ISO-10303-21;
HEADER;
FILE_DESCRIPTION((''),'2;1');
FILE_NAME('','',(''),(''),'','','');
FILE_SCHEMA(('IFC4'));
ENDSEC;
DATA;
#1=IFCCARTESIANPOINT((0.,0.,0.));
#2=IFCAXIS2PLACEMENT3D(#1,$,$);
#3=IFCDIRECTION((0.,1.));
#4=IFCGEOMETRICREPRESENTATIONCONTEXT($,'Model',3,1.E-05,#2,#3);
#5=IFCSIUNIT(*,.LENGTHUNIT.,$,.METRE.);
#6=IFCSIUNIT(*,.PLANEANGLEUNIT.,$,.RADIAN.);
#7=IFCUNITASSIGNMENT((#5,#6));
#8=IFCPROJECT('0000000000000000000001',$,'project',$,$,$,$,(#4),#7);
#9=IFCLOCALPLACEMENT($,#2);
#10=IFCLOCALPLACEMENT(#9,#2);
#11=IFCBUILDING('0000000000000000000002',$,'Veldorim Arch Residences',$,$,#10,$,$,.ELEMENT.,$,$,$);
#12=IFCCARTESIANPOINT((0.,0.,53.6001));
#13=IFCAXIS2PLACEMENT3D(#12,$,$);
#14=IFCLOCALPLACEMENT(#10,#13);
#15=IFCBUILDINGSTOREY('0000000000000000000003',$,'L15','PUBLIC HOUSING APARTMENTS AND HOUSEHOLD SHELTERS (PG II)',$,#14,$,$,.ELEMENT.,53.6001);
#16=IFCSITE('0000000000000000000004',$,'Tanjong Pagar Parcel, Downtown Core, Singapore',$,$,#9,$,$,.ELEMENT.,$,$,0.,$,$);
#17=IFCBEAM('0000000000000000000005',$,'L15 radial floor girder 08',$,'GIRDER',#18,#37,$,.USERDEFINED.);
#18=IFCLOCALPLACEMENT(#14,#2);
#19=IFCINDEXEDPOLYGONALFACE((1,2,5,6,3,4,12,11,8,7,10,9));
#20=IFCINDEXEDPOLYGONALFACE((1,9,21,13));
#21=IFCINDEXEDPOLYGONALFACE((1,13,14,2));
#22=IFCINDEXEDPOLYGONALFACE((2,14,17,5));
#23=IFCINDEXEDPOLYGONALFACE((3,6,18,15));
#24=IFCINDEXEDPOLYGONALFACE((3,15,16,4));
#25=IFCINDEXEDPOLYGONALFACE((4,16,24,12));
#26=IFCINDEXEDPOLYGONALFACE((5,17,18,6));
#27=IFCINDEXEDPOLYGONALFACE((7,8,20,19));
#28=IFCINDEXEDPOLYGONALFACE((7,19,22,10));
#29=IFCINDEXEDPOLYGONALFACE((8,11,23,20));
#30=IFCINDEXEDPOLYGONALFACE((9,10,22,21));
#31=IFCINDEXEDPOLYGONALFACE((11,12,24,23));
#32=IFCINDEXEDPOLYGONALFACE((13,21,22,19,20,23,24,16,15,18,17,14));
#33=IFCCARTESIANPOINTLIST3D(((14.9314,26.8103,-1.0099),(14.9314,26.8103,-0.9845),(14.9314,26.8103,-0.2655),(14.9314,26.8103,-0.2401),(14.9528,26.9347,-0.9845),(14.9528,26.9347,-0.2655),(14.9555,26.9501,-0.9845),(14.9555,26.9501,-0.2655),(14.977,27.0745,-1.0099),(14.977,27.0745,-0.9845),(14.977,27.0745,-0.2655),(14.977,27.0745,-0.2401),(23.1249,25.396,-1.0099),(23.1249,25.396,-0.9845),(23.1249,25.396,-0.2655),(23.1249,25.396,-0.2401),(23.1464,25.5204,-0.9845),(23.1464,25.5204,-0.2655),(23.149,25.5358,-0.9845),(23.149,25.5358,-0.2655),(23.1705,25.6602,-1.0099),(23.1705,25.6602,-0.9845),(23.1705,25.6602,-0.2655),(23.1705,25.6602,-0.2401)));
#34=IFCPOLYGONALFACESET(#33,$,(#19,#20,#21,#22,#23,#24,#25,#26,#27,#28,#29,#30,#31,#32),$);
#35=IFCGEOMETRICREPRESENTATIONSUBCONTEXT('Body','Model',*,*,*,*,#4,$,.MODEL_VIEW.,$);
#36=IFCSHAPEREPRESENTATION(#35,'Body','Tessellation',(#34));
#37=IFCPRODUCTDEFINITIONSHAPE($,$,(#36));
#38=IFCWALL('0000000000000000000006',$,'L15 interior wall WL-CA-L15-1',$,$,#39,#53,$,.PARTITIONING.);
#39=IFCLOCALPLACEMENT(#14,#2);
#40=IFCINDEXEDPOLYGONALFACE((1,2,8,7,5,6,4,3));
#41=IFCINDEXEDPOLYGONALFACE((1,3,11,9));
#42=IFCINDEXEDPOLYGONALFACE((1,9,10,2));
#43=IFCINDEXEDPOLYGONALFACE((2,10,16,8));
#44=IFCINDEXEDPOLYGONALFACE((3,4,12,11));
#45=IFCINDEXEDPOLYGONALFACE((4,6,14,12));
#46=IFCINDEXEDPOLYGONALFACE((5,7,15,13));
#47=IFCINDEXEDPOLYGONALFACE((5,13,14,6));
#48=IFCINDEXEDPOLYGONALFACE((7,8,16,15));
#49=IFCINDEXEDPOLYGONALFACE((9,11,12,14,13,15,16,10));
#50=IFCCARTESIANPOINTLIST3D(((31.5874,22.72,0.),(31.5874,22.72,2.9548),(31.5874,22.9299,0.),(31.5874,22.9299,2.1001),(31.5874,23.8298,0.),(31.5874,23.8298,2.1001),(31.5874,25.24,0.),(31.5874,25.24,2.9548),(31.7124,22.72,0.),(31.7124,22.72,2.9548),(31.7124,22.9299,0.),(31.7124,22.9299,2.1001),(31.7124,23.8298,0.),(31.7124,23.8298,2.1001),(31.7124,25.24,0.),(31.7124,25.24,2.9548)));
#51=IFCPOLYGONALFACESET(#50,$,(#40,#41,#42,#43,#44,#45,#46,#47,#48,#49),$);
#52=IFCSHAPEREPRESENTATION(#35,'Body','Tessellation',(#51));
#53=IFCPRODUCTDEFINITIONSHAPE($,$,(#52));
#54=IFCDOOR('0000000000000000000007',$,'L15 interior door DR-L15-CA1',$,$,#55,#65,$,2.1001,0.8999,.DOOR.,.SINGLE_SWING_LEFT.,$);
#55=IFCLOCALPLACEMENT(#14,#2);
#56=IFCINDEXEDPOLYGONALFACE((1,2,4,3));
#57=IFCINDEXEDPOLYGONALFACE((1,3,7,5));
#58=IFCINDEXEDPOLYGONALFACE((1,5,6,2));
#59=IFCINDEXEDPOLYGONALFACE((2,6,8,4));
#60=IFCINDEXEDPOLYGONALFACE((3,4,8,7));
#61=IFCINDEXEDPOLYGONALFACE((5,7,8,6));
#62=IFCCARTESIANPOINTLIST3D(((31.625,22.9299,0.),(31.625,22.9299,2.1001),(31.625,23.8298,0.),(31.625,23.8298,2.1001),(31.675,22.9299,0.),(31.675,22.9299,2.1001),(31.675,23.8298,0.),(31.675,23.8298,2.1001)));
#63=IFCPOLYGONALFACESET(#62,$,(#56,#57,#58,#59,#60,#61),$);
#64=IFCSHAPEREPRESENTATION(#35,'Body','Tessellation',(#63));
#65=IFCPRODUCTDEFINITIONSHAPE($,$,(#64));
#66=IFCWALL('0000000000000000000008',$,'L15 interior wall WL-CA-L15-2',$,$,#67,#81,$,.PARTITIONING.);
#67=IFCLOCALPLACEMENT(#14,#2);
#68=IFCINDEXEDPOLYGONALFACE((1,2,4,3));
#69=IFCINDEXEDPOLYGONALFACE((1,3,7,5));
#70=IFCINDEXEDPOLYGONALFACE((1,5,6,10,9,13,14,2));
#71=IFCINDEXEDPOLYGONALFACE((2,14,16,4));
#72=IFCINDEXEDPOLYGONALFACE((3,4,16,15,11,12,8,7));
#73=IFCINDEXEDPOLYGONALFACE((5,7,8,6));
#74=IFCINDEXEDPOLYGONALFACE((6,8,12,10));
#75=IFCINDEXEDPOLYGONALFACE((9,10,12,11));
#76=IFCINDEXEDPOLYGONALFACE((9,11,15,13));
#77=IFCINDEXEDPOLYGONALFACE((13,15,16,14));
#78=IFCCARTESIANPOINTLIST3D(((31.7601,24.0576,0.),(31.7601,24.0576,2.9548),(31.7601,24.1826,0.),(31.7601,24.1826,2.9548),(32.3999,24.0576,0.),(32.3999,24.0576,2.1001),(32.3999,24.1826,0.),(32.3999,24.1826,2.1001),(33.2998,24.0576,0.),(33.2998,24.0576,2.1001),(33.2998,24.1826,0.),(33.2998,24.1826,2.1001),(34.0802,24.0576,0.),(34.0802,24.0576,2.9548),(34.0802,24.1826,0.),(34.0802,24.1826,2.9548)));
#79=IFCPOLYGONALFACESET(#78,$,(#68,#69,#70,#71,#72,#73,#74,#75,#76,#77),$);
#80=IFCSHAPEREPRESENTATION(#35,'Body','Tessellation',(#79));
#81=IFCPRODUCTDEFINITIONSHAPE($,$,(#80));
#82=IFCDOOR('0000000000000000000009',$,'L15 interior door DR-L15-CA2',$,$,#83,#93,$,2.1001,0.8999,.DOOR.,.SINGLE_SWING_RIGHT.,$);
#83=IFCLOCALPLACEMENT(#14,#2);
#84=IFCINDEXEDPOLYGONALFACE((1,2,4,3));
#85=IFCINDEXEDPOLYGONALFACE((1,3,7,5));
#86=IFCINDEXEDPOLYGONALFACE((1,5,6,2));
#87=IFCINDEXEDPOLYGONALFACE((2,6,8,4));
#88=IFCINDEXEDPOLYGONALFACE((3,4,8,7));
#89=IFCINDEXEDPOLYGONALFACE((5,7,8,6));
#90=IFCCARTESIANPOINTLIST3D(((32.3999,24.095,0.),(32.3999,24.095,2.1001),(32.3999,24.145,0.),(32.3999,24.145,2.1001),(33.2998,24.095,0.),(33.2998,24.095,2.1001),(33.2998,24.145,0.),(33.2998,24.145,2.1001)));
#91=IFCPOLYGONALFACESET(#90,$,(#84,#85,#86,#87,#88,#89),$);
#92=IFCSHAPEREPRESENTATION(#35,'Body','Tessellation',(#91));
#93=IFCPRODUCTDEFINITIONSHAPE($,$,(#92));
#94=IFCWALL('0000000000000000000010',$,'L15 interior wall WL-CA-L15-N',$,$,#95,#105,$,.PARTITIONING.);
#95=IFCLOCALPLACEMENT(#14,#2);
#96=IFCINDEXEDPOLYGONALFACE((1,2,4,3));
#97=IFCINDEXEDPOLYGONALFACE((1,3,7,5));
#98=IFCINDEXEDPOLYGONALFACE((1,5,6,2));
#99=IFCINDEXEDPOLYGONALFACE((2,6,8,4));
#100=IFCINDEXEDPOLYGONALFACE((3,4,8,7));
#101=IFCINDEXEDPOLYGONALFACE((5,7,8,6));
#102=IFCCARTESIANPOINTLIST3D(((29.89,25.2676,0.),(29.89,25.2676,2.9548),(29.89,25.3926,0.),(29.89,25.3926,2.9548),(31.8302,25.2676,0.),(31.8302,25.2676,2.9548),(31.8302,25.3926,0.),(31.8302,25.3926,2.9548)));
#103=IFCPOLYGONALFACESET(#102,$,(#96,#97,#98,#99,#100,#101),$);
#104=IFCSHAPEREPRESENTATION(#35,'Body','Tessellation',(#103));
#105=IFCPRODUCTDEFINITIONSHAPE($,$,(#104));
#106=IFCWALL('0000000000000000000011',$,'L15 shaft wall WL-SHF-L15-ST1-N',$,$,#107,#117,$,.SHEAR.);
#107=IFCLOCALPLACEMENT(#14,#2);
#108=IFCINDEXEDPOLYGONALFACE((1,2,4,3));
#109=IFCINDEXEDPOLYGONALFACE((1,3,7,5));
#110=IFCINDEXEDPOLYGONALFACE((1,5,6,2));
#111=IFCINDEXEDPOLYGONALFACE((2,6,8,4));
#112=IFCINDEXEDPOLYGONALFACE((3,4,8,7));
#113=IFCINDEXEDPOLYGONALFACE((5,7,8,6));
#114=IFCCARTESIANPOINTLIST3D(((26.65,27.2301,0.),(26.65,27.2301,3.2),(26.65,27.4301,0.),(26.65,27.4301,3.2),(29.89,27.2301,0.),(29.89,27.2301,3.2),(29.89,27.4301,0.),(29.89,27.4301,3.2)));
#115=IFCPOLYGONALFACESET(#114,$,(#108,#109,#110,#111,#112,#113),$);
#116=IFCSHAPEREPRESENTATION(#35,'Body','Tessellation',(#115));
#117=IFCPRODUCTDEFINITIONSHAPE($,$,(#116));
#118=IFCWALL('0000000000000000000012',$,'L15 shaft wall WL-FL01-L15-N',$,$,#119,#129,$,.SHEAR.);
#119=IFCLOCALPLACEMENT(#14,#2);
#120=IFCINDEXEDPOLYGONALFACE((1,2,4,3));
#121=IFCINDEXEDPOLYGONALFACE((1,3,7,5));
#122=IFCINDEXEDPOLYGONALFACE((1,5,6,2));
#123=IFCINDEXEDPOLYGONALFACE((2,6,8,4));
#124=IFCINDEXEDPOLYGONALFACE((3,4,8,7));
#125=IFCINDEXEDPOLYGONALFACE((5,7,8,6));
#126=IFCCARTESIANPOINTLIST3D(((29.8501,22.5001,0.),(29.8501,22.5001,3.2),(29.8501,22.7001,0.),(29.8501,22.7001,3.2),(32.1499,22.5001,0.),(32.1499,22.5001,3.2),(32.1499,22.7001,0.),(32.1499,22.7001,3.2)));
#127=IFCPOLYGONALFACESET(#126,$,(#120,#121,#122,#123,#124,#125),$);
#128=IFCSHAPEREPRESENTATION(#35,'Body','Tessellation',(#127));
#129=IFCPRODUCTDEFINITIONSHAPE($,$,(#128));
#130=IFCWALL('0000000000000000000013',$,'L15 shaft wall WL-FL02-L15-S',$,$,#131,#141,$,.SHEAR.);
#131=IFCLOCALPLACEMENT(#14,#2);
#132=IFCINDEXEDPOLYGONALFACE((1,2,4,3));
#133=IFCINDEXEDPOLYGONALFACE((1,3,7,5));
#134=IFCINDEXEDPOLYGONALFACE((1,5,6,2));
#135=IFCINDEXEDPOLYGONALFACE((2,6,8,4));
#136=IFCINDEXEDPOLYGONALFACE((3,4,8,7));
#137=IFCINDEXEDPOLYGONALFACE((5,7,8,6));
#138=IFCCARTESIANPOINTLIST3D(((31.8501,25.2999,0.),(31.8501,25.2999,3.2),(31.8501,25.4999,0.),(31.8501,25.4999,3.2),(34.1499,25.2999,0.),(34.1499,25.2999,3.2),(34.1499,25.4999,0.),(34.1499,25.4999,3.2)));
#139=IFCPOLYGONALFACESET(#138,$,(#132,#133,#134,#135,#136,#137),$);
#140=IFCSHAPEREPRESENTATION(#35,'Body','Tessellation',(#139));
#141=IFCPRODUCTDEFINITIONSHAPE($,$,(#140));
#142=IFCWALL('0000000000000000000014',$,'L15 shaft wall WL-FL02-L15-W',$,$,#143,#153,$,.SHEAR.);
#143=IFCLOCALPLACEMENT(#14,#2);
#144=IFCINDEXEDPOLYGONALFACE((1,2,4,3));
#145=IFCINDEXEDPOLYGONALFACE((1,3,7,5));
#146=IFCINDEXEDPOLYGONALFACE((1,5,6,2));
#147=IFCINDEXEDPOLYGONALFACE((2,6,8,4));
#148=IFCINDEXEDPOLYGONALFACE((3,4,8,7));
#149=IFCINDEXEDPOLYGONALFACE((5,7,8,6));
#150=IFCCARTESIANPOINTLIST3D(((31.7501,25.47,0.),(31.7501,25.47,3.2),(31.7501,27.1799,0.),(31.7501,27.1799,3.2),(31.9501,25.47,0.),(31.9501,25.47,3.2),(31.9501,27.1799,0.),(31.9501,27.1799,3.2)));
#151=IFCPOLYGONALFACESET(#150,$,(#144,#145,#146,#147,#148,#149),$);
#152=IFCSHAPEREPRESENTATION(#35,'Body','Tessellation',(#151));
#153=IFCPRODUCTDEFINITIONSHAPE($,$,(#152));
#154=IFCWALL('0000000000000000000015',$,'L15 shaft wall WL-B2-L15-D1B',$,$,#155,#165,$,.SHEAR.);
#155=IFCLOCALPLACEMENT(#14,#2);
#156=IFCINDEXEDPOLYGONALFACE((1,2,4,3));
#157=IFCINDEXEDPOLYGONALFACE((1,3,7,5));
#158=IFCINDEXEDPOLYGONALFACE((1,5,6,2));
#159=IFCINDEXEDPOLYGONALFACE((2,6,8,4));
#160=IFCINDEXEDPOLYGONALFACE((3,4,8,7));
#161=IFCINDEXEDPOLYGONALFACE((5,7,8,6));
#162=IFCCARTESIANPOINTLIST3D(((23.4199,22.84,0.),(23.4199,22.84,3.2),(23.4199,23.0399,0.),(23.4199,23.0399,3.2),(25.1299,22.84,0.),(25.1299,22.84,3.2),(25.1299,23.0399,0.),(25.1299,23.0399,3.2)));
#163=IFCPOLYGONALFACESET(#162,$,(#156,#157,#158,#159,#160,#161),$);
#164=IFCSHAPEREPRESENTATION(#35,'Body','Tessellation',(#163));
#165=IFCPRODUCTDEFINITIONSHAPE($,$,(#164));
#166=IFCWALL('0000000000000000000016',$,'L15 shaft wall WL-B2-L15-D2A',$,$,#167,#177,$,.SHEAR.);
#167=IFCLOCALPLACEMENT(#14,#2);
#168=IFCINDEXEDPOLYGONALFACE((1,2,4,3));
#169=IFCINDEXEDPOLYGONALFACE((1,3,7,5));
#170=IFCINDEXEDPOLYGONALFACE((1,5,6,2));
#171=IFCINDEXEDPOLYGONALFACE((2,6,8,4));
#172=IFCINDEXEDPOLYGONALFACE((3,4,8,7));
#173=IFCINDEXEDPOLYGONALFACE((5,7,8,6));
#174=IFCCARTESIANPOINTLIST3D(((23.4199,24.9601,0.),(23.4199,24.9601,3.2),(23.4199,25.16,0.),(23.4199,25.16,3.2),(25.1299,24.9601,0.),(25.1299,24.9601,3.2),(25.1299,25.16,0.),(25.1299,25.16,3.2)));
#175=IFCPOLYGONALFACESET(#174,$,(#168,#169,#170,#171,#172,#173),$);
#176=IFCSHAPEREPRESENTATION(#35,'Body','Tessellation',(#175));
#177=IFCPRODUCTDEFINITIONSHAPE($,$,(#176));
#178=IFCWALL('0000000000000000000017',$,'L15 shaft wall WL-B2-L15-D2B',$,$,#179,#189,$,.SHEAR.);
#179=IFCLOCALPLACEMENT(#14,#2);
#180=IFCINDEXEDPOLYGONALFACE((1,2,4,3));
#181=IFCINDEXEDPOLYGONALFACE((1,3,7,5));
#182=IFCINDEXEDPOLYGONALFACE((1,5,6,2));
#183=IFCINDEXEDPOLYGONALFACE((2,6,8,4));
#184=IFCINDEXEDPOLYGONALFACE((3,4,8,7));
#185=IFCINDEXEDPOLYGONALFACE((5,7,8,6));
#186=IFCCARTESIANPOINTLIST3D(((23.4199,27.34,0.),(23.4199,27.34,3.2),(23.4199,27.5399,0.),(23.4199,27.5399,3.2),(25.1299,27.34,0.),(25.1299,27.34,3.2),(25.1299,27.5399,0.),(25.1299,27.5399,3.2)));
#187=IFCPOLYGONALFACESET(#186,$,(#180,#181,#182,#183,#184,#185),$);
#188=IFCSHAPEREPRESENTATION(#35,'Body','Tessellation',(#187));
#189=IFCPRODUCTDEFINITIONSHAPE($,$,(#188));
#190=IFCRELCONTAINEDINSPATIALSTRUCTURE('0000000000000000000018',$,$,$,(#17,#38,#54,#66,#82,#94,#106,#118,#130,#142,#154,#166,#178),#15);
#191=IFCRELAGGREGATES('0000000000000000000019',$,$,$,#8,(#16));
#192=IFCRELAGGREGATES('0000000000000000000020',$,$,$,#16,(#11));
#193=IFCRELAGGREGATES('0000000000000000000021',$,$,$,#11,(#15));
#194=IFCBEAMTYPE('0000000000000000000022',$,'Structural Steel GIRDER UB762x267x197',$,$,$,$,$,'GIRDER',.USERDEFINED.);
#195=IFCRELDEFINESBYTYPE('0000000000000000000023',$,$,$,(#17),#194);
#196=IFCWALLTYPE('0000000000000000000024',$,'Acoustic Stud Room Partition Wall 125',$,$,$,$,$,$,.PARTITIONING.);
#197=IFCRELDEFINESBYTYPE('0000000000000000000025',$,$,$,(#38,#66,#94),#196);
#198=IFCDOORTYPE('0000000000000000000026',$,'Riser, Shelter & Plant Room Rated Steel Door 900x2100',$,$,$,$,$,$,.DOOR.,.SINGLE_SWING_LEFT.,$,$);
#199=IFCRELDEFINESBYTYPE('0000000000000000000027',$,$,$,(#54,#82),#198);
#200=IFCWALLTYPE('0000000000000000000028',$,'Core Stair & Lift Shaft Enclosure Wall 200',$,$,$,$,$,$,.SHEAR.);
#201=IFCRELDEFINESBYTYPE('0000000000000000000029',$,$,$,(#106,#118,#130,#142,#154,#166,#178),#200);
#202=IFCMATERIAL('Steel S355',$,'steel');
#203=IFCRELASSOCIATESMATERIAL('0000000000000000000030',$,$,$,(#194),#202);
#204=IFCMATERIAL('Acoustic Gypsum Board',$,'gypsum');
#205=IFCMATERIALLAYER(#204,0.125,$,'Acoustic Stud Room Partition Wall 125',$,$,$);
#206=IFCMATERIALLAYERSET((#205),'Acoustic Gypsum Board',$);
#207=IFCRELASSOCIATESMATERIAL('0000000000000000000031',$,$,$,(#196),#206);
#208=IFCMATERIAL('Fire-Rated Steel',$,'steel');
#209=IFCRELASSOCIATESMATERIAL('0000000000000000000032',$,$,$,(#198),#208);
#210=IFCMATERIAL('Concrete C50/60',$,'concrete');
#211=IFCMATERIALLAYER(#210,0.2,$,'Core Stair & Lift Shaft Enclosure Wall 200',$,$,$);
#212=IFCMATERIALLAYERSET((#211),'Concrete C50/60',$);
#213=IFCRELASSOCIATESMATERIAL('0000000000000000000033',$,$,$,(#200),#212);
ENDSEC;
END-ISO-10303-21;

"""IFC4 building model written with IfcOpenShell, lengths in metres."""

from ifc_helpers import new_model, si_unit, direction, frame, frame_2d, origin, origin_2d, place, context, subcontext, project, spatial, rectangle, i_section, extrude, material, layer, layer_set, material_profile, profile_set, type_object, element, fill, save


model = new_model("IFC4")

# Units and contexts
model_context = context("Model", 3, precision=1e-05, world=origin(), true_north=direction((0.0, 1.0)))
body_context = subcontext(model_context, "Body", "Model", "MODEL_VIEW")
ifc_project = project(units=[si_unit("LENGTHUNIT", "METRE"), si_unit("PLANEANGLEUNIT", "RADIAN")], contexts=[model_context])

# Site, building, storey
site_placement = place(None, origin())
site = spatial("IfcSite", under=ifc_project, at=site_placement, Name="Tanjong Pagar Parcel, Downtown Core, Singapore", CompositionType="ELEMENT", RefElevation=0.0)
building_placement = place(site_placement, origin())
building = spatial("IfcBuilding", under=site, at=building_placement, Name="Veldorim Arch Residences", CompositionType="ELEMENT")
storey_placement = place(building_placement, frame((0.0, 0.0, 53.6001)))
storey = spatial("IfcBuildingStorey", under=building, at=storey_placement, Name="L15", Description="PUBLIC HOUSING APARTMENTS AND HOUSEHOLD SHELTERS (PG II)", CompositionType="ELEMENT", Elevation=53.6001)

# Beam
ifc_material_1 = material(Name="Steel S355", Category="steel")
ifc_material_profile = material_profile(ifc_material_1, i_section(OverallWidth=0.2681, OverallDepth=0.7698, WebThickness=0.0156, FlangeThickness=0.0254, at=origin_2d()), Name="UB762x267x197")
ifc_profile_set = profile_set([ifc_material_profile], Name="Steel S355")
beam_type = type_object("IfcBeamType", Name="Structural Steel GIRDER UB762x267x197", ElementType="GIRDER", PredefinedType="USERDEFINED", material=ifc_profile_set)
beam_placement = place(storey_placement, frame((23.1477, 25.5281, -0.625), z_axis=(-0.985428, 0.170096, 0.0), x_axis=(-0.170096, -0.985428, 0.0)))
element("IfcBeam", 1, at=beam_placement, inside=storey, type_object=beam_type, Name="L15 radial floor girder 08", ObjectType="GIRDER", PredefinedType="USERDEFINED", context=body_context, shape_type="SweptSolid", body=[
    extrude(i_section(OverallWidth=0.2681, OverallDepth=0.7698, WebThickness=0.0156, FlangeThickness=0.0254, at=origin_2d()), origin(), (0.0, 0.0, 1.0), 8.3147),
])

# Walls, openings, doors
ifc_material_2 = material(Name="Acoustic Gypsum Board", Category="gypsum")
ifc_layer_1 = layer(ifc_material_2, 0.125, Name="Acoustic Stud Room Partition Wall 125")
ifc_layer_set_1 = layer_set([ifc_layer_1], Name="Acoustic Gypsum Board")
wall_type_1 = type_object("IfcWallType", Name="Acoustic Stud Room Partition Wall 125", PredefinedType="PARTITIONING", material=ifc_layer_set_1)
wall_1_placement = place(storey_placement, frame((31.6499, 22.72, 0.0), z_axis=(0.0, 0.0, 1.0), x_axis=(0.0, 1.0, 0.0)))
wall_1 = element("IfcWall", 2, at=wall_1_placement, inside=storey, type_object=wall_type_1, Name="L15 interior wall WL-CA-L15-1", PredefinedType="PARTITIONING", context=body_context, shape_type="SweptSolid", body=[
    extrude(rectangle(XDim=2.52, YDim=0.125, at=frame_2d((1.26, 0.0))), origin(), (0.0, 0.0, 1.0), 2.9548),
])
opening_1_placement = place(wall_1_placement, frame((0.21, 0.0, 0.0)))
opening_1 = element("IfcOpeningElement", 3, at=opening_1_placement, cuts=wall_1, PredefinedType="OPENING", context=body_context, shape_type="SweptSolid", body=[
    extrude(rectangle(XDim=0.8999, YDim=2.1001, at=frame_2d((0.45, 1.05))), frame((0.0, 0.0725, 0.0), z_axis=(0.0, -1.0, 0.0), x_axis=(1.0, 0.0, 0.0)), (0.0, 0.0, 1.0), 0.145),
])
ifc_material_3 = material(Name="Fire-Rated Steel", Category="steel")
door_type_1 = type_object("IfcDoorType", Name="Riser, Shelter & Plant Room Rated Steel Door 900x2100", OperationType="SINGLE_SWING_LEFT", PredefinedType="DOOR", material=ifc_material_3)
door_1_placement = place(opening_1_placement, origin())
door_1 = element("IfcDoor", 4, at=door_1_placement, inside=storey, type_object=door_type_1, Name="L15 interior door DR-L15-CA1", OperationType="SINGLE_SWING_LEFT", OverallHeight=2.1001, OverallWidth=0.8999, PredefinedType="DOOR", context=body_context, shape_type="SweptSolid", body=[
    extrude(rectangle(XDim=0.8999, YDim=2.1001, at=frame_2d((0.45, 1.05))), frame((0.0, 0.0249, 0.0), z_axis=(0.0, -1.0, 0.0), x_axis=(1.0, 0.0, 0.0)), (0.0, 0.0, 1.0), 0.05),
])
fill(opening_1, door_1)
wall_2_placement = place(storey_placement, frame((31.76, 24.1201, 0.0), z_axis=(0.0, 0.0, 1.0), x_axis=(1.0, 0.0, 0.0)))
wall_2 = element("IfcWall", 5, at=wall_2_placement, inside=storey, type_object=wall_type_1, Name="L15 interior wall WL-CA-L15-2", PredefinedType="PARTITIONING", context=body_context, shape_type="SweptSolid", body=[
    extrude(rectangle(XDim=2.3201, YDim=0.125, at=frame_2d((1.1602, 0.0))), origin(), (0.0, 0.0, 1.0), 2.9548),
])
opening_2_placement = place(wall_2_placement, frame((0.6399, 0.0, 0.0)))
opening_2 = element("IfcOpeningElement", 6, at=opening_2_placement, cuts=wall_2, PredefinedType="OPENING", context=body_context, shape_type="SweptSolid", body=[
    extrude(rectangle(XDim=0.8999, YDim=2.1001, at=frame_2d((0.45, 1.05))), frame((0.0, 0.0725, 0.0), z_axis=(0.0, -1.0, 0.0), x_axis=(1.0, 0.0, 0.0)), (0.0, 0.0, 1.0), 0.145),
])
door_2_placement = place(opening_2_placement, origin())
door_2 = element("IfcDoor", 7, at=door_2_placement, inside=storey, type_object=door_type_1, Name="L15 interior door DR-L15-CA2", OperationType="SINGLE_SWING_RIGHT", OverallHeight=2.1001, OverallWidth=0.8999, PredefinedType="DOOR", context=body_context, shape_type="SweptSolid", body=[
    extrude(rectangle(XDim=0.8999, YDim=2.1001, at=frame_2d((0.45, 1.05))), frame((0.0, 0.0249, 0.0), z_axis=(0.0, -1.0, 0.0), x_axis=(1.0, 0.0, 0.0)), (0.0, 0.0, 1.0), 0.05),
])
fill(opening_2, door_2)

# Walls
wall_3_placement = place(storey_placement, frame((29.8899, 25.3301, 0.0), z_axis=(0.0, 0.0, 1.0), x_axis=(1.0, 0.0, 0.0)))
element("IfcWall", 8, at=wall_3_placement, inside=storey, type_object=wall_type_1, Name="L15 interior wall WL-CA-L15-N", PredefinedType="PARTITIONING", context=body_context, shape_type="SweptSolid", body=[
    extrude(rectangle(XDim=1.9402, YDim=0.125, at=frame_2d((0.9702, 0.0))), origin(), (0.0, 0.0, 1.0), 2.9548),
])
ifc_material_4 = material(Name="Concrete C50/60", Category="concrete")
ifc_layer_2 = layer(ifc_material_4, 0.2, Name="Core Stair & Lift Shaft Enclosure Wall 200")
ifc_layer_set_2 = layer_set([ifc_layer_2], Name="Concrete C50/60")
wall_type_2 = type_object("IfcWallType", Name="Core Stair & Lift Shaft Enclosure Wall 200", PredefinedType="SHEAR", material=ifc_layer_set_2)
wall_4_placement = place(storey_placement, frame((26.6499, 27.3301, 0.0), z_axis=(0.0, 0.0, 1.0), x_axis=(1.0, 0.0, 0.0)))
element("IfcWall", 9, at=wall_4_placement, inside=storey, type_object=wall_type_2, Name="L15 shaft wall WL-SHF-L15-ST1-N", PredefinedType="SHEAR", context=body_context, shape_type="SweptSolid", body=[
    extrude(rectangle(XDim=3.24, YDim=0.2, at=frame_2d((1.6201, 0.0))), origin(), (0.0, 0.0, 1.0), 3.2),
])
wall_5_placement = place(storey_placement, frame((29.8501, 22.6001, 0.0), z_axis=(0.0, 0.0, 1.0), x_axis=(1.0, 0.0, 0.0)))
element("IfcWall", 10, at=wall_5_placement, inside=storey, type_object=wall_type_2, Name="L15 shaft wall WL-FL01-L15-N", PredefinedType="SHEAR", context=body_context, shape_type="SweptSolid", body=[
    extrude(rectangle(XDim=2.2998, YDim=0.2, at=frame_2d((1.1499, 0.0))), origin(), (0.0, 0.0, 1.0), 3.2),
])

# Walls
wall_6_placement = place(storey_placement, frame((31.8501, 25.3999, 0.0), z_axis=(0.0, 0.0, 1.0), x_axis=(1.0, 0.0, 0.0)))
element("IfcWall", 11, at=wall_6_placement, inside=storey, type_object=wall_type_2, Name="L15 shaft wall WL-FL02-L15-S", PredefinedType="SHEAR", context=body_context, shape_type="SweptSolid", body=[
    extrude(rectangle(XDim=2.2998, YDim=0.2, at=frame_2d((1.1499, 0.0))), origin(), (0.0, 0.0, 1.0), 3.2),
])
for number, where, z_axis, x_axis, name in (
    (12, (31.8501, 25.47, 0.0), (0.0, 0.0, 1.0), (0.0, 1.0, 0.0), "L15 shaft wall WL-FL02-L15-W"),
    (13, (23.4199, 22.9399, 0.0), (0.0, 0.0, 1.0), (1.0, 0.0, 0.0), "L15 shaft wall WL-B2-L15-D1B"),
    (14, (23.4199, 25.0601, 0.0), (0.0, 0.0, 1.0), (1.0, 0.0, 0.0), "L15 shaft wall WL-B2-L15-D2A"),
    (15, (23.4199, 27.4399, 0.0), (0.0, 0.0, 1.0), (1.0, 0.0, 0.0), "L15 shaft wall WL-B2-L15-D2B"),
):
    element("IfcWall", number, at=place(storey_placement, frame(where, z_axis=z_axis, x_axis=x_axis)), inside=storey, type_object=wall_type_2, Name=name, PredefinedType="SHEAR", context=body_context, shape_type="SweptSolid", body=[
        extrude(rectangle(XDim=1.71, YDim=0.2, at=frame_2d((0.855, 0.0))), origin(), (0.0, 0.0, 1.0), 3.2),
    ])

save(model, "model.ifc")
